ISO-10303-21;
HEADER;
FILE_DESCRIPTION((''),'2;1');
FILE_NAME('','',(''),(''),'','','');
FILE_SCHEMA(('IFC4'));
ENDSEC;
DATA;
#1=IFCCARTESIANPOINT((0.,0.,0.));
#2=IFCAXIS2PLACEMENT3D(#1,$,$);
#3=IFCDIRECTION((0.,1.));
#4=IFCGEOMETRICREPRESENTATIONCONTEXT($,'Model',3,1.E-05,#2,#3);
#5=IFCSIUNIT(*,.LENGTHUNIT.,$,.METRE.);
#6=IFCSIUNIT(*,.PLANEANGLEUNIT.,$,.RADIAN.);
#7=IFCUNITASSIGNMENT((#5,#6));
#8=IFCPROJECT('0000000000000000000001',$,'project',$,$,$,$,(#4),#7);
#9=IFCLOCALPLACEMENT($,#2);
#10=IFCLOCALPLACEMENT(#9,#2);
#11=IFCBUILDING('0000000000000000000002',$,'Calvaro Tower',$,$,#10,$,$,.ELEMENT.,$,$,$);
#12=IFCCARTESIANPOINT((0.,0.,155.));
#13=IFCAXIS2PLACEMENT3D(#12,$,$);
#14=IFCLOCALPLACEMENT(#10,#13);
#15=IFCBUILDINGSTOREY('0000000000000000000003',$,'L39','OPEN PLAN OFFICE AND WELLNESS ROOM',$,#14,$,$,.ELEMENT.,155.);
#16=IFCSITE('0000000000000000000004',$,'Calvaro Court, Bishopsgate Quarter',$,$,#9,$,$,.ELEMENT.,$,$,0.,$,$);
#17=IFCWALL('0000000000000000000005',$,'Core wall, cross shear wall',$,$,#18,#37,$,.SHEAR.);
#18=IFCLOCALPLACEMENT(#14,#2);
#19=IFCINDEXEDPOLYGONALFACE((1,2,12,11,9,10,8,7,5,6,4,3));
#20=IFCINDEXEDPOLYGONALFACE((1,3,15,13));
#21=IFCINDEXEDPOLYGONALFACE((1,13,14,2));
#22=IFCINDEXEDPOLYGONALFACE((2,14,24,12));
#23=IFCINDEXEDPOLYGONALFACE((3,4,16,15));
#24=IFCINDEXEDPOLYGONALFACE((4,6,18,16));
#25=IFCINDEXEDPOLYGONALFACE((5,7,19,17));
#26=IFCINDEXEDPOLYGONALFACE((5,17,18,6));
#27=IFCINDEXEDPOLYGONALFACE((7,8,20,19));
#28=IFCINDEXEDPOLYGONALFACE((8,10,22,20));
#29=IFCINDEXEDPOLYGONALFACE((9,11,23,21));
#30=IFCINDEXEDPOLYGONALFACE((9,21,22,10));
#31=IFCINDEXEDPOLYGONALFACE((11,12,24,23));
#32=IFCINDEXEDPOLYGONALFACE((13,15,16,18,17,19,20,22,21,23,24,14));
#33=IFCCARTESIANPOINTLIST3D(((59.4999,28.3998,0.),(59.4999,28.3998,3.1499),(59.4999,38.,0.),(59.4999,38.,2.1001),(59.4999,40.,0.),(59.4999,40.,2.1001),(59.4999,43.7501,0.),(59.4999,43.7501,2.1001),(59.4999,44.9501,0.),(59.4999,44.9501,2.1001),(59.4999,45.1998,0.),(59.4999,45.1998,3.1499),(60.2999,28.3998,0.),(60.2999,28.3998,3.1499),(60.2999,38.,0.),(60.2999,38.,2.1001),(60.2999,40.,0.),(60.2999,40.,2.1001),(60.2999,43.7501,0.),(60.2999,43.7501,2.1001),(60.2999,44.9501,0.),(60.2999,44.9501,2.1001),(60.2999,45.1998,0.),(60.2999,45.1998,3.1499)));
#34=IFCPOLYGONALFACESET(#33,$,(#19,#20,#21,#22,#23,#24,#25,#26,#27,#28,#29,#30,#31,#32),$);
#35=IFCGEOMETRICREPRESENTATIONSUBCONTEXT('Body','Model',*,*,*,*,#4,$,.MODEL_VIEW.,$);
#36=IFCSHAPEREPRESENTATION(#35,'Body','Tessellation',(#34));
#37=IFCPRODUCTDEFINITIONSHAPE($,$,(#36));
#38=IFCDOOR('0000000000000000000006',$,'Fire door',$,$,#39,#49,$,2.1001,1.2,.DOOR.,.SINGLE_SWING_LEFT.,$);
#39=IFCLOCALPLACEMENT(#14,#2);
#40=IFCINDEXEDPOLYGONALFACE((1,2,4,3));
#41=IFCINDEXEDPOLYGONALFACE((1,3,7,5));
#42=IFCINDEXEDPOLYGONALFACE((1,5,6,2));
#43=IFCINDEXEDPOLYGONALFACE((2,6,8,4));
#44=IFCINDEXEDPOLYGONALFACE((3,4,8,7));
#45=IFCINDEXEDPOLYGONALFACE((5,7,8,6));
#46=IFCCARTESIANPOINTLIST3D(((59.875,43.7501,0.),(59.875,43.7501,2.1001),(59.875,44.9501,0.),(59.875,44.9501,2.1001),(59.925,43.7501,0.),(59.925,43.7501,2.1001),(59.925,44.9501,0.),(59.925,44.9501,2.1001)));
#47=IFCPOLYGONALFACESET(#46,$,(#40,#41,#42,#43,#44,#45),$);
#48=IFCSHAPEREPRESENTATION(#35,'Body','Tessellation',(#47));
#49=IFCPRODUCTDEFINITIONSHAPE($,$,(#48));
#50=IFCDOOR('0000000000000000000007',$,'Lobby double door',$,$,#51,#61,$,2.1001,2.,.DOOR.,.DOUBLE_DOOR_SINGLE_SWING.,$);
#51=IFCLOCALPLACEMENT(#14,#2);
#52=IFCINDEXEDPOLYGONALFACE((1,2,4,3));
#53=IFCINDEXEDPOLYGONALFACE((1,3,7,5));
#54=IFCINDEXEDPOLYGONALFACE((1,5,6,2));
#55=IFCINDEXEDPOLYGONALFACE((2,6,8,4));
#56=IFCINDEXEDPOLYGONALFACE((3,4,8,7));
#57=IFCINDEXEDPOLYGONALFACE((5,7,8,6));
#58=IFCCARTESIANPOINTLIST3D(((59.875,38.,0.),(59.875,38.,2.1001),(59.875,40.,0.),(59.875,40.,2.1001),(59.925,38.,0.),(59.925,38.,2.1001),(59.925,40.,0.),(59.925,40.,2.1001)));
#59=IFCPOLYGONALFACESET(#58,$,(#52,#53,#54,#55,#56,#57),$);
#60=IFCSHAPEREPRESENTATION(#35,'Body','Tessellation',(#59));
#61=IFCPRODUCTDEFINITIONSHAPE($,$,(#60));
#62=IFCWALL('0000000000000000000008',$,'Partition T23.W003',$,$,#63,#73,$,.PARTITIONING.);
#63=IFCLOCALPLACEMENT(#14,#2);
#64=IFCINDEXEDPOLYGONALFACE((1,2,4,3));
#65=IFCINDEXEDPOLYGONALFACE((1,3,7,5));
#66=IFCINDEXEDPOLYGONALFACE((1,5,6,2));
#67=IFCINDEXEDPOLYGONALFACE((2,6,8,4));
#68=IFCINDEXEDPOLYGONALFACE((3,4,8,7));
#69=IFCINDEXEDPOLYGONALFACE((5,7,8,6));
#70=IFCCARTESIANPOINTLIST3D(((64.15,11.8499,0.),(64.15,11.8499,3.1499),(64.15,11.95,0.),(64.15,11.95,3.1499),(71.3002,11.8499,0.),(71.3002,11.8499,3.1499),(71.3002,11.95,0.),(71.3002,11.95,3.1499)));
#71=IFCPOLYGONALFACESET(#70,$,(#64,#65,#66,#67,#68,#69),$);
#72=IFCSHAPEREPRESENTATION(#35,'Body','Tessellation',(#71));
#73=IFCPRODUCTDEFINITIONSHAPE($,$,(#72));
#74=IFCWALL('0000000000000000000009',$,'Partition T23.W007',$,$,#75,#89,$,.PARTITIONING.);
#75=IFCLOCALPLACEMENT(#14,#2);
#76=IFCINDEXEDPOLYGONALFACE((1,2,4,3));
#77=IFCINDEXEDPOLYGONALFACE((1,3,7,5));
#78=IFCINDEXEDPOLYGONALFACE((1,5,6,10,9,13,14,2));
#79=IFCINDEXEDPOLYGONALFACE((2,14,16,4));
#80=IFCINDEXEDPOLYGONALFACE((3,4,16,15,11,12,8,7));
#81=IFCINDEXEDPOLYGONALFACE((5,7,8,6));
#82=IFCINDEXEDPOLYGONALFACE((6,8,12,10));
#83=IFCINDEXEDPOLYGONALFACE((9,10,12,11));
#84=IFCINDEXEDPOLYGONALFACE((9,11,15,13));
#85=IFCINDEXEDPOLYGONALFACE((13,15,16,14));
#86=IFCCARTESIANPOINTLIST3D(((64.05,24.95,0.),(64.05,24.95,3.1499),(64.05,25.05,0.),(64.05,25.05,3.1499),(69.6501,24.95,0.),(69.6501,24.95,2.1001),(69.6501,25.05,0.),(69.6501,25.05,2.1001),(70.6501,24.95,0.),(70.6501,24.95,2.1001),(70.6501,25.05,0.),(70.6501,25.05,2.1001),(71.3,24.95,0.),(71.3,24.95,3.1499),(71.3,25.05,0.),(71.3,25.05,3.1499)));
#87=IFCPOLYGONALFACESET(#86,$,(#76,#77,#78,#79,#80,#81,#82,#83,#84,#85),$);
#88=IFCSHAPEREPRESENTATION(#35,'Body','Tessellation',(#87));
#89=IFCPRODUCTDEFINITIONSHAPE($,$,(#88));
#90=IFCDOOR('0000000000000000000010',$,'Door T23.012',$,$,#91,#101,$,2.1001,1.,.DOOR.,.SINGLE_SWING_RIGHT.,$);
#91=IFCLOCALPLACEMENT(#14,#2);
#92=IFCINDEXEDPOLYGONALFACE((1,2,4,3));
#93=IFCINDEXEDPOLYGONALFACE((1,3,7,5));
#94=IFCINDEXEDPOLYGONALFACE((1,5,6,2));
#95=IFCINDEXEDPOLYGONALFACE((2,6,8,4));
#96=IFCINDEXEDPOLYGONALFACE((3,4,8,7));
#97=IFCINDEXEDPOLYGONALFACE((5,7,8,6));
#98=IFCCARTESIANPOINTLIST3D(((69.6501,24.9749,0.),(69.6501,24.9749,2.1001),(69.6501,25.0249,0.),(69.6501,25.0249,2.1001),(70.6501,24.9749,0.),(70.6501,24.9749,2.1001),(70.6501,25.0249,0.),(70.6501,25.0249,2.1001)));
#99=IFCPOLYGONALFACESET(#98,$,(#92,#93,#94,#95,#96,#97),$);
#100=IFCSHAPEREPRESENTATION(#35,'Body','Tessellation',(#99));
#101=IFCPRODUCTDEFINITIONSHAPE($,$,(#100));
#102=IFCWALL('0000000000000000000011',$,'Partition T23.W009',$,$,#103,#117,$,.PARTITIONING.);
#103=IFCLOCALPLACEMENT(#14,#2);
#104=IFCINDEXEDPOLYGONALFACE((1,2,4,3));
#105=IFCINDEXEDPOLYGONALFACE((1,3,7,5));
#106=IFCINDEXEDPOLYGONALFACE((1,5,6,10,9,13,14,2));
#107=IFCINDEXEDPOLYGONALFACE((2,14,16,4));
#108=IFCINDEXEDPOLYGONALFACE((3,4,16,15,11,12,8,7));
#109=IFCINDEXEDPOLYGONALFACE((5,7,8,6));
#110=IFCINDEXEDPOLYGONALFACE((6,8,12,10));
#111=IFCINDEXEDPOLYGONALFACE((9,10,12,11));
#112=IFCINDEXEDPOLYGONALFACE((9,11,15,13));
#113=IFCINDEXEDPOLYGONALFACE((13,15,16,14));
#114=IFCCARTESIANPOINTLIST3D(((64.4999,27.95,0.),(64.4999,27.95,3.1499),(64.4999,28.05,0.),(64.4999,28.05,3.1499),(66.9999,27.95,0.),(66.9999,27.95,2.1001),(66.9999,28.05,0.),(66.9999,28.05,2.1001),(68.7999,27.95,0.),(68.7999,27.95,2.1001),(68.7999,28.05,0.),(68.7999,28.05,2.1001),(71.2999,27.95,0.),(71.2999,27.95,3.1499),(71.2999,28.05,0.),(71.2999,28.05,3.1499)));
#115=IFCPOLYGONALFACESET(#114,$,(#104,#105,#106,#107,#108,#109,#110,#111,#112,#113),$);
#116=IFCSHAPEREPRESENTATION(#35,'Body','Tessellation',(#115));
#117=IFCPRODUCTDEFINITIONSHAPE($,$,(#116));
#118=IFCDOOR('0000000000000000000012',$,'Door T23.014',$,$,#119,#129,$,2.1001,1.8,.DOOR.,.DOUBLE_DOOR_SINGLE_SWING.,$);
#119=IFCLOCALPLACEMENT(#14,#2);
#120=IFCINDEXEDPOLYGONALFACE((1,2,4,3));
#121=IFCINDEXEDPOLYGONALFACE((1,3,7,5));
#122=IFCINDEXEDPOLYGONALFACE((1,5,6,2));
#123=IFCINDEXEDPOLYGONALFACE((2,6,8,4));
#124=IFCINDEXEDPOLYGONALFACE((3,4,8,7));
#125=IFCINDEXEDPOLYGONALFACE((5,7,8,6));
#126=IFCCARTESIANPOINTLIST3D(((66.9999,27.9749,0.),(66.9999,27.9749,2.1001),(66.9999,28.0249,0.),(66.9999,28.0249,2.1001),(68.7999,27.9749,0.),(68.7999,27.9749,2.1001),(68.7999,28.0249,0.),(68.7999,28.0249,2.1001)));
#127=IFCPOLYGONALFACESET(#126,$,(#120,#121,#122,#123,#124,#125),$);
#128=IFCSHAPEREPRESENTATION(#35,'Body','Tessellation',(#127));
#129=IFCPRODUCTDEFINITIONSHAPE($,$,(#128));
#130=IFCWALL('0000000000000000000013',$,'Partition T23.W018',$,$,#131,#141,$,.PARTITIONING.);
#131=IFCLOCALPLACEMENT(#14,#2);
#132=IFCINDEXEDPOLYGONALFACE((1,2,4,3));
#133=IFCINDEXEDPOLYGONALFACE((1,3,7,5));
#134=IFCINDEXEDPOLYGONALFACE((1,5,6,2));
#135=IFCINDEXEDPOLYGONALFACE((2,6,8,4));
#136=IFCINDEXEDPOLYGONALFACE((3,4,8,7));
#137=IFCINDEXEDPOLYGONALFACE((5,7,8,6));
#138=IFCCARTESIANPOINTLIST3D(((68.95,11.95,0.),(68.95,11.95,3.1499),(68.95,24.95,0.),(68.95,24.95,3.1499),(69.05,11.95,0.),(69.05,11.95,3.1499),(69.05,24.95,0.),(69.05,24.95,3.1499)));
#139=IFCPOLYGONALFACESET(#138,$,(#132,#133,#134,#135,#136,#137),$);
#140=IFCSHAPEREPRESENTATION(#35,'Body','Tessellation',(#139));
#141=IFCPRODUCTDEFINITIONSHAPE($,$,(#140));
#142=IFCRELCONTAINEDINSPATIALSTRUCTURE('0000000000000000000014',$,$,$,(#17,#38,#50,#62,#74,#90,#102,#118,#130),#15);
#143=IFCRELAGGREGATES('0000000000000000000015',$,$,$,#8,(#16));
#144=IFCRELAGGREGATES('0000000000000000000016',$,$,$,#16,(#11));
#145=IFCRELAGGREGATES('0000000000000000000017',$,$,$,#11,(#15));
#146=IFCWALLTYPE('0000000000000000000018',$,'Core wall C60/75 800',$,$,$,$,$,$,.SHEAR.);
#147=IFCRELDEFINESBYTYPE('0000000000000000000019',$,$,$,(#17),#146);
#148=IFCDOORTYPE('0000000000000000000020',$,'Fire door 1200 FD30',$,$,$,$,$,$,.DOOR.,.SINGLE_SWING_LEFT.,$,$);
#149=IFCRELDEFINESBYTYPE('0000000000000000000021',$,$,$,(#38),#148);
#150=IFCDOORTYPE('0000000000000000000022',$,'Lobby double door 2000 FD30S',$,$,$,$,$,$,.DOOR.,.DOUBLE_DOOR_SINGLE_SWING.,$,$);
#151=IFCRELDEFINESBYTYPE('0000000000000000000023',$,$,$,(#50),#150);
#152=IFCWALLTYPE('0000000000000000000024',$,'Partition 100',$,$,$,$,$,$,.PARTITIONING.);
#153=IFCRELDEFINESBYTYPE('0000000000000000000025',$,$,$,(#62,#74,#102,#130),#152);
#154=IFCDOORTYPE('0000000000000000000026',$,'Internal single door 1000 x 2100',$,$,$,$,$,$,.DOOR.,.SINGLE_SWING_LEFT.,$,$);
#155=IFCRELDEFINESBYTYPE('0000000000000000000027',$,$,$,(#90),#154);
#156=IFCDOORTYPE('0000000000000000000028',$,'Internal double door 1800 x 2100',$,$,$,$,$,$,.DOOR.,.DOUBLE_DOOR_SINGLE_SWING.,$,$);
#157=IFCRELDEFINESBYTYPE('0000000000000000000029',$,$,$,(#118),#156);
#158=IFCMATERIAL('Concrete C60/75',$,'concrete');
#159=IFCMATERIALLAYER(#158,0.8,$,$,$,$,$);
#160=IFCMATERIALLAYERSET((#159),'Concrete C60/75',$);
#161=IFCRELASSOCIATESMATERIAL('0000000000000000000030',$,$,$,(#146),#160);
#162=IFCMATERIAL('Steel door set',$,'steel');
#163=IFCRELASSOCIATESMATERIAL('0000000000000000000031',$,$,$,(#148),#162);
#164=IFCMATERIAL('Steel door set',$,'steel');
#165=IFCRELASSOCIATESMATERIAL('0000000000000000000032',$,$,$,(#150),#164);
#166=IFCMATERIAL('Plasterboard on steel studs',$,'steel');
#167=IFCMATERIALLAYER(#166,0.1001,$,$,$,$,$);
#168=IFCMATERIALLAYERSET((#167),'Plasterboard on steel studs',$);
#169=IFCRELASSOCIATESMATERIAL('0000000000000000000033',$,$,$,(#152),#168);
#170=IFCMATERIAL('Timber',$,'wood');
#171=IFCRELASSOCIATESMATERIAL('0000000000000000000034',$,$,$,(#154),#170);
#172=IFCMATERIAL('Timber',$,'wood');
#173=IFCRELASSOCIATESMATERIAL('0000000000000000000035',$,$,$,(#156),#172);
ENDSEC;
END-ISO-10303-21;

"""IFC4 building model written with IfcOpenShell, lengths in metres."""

from ifc_helpers import new_model, si_unit, direction, frame, frame_2d, origin, place, context, subcontext, project, spatial, rectangle, extrude, material, layer, layer_set, type_object, element, fill, save


model = new_model("IFC4")

# Units and contexts
model_context = context("Model", 3, precision=1e-05, world=origin(), true_north=direction((0.0, 1.0)))
body_context = subcontext(model_context, "Body", "Model", "MODEL_VIEW")
ifc_project = project(units=[si_unit("LENGTHUNIT", "METRE"), si_unit("PLANEANGLEUNIT", "RADIAN")], contexts=[model_context])

# Site, building, storey
site_placement = place(None, origin())
site = spatial("IfcSite", under=ifc_project, at=site_placement, Name="Calvaro Court, Bishopsgate Quarter", CompositionType="ELEMENT", RefElevation=0.0)
building_placement = place(site_placement, origin())
building = spatial("IfcBuilding", under=site, at=building_placement, Name="Calvaro Tower", CompositionType="ELEMENT")
storey_placement = place(building_placement, frame((0.0, 0.0, 155.0)))
storey = spatial("IfcBuildingStorey", under=building, at=storey_placement, Name="L39", Description="OPEN PLAN OFFICE AND WELLNESS ROOM", CompositionType="ELEMENT", Elevation=155.0)

# Wall, openings, doors
ifc_material_1 = material(Name="Concrete C60/75", Category="concrete")
ifc_layer_1 = layer(ifc_material_1, 0.8)
ifc_layer_set_1 = layer_set([ifc_layer_1], Name="Concrete C60/75")
wall_type_1 = type_object("IfcWallType", Name="Core wall C60/75 800", PredefinedType="SHEAR", material=ifc_layer_set_1)
wall_1_placement = place(storey_placement, frame((59.8999, 28.3999, 0.0), z_axis=(0.0, 0.0, 1.0), x_axis=(0.0, 1.0, 0.0)))
wall_1 = element("IfcWall", 1, at=wall_1_placement, inside=storey, type_object=wall_type_1, Name="Core wall, cross shear wall", PredefinedType="SHEAR", context=body_context, shape_type="SweptSolid", body=[
    extrude(rectangle(XDim=16.8, YDim=0.8, at=frame_2d((8.3999, 0.0))), origin(), (0.0, 0.0, 1.0), 3.1499),
])
opening_1_placement = place(wall_1_placement, frame((9.6001, 0.0, 0.0)))
opening_1 = element("IfcOpeningElement", 2, at=opening_1_placement, cuts=wall_1, PredefinedType="OPENING", context=body_context, shape_type="SweptSolid", body=[
    extrude(rectangle(XDim=2.0, YDim=2.1001, at=frame_2d((1.0, 1.05))), frame((0.0, 0.4099, 0.0), z_axis=(0.0, -1.0, 0.0), x_axis=(1.0, 0.0, 0.0)), (0.0, 0.0, 1.0), 0.8201),
])
opening_2_placement = place(wall_1_placement, frame((15.3501, 0.0, 0.0)))
opening_2 = element("IfcOpeningElement", 3, at=opening_2_placement, cuts=wall_1, PredefinedType="OPENING", context=body_context, shape_type="SweptSolid", body=[
    extrude(rectangle(XDim=1.2, YDim=2.1001, at=frame_2d((0.6001, 1.05))), frame((0.0, 0.4099, 0.0), z_axis=(0.0, -1.0, 0.0), x_axis=(1.0, 0.0, 0.0)), (0.0, 0.0, 1.0), 0.8201),
])
ifc_material_2 = material(Name="Steel door set", Category="steel")
door_type_1 = type_object("IfcDoorType", Name="Fire door 1200 FD30", OperationType="SINGLE_SWING_LEFT", PredefinedType="DOOR", material=ifc_material_2)
door_1_placement = place(opening_2_placement, origin())
door_1 = element("IfcDoor", 4, at=door_1_placement, inside=storey, type_object=door_type_1, Name="Fire door", OperationType="SINGLE_SWING_LEFT", OverallHeight=2.1001, OverallWidth=1.2, PredefinedType="DOOR", context=body_context, shape_type="SweptSolid", body=[
    extrude(rectangle(XDim=1.2, YDim=2.1001, at=frame_2d((0.6001, 1.05))), frame((0.0, 0.0249, 0.0), z_axis=(0.0, -1.0, 0.0), x_axis=(1.0, 0.0, 0.0)), (0.0, 0.0, 1.0), 0.05),
])
fill(opening_2, door_1)
ifc_material_3 = material(Name="Steel door set", Category="steel")
door_type_2 = type_object("IfcDoorType", Name="Lobby double door 2000 FD30S", OperationType="DOUBLE_DOOR_SINGLE_SWING", PredefinedType="DOOR", material=ifc_material_3)
door_2_placement = place(opening_1_placement, origin())
door_2 = element("IfcDoor", 5, at=door_2_placement, inside=storey, type_object=door_type_2, Name="Lobby double door", OperationType="DOUBLE_DOOR_SINGLE_SWING", OverallHeight=2.1001, OverallWidth=2.0, PredefinedType="DOOR", context=body_context, shape_type="SweptSolid", body=[
    extrude(rectangle(XDim=2.0, YDim=2.1001, at=frame_2d((1.0, 1.05))), frame((0.0, 0.0249, 0.0), z_axis=(0.0, -1.0, 0.0), x_axis=(1.0, 0.0, 0.0)), (0.0, 0.0, 1.0), 0.05),
])
fill(opening_1, door_2)

# Wall
ifc_material_4 = material(Name="Plasterboard on steel studs", Category="steel")
ifc_layer_2 = layer(ifc_material_4, 0.1001)
ifc_layer_set_2 = layer_set([ifc_layer_2], Name="Plasterboard on steel studs")
wall_type_2 = type_object("IfcWallType", Name="Partition 100", PredefinedType="PARTITIONING", material=ifc_layer_set_2)
wall_2_placement = place(storey_placement, frame((64.1499, 11.8999, 0.0), z_axis=(0.0, 0.0, 1.0), x_axis=(1.0, 0.0, 0.0)))
element("IfcWall", 6, at=wall_2_placement, inside=storey, type_object=wall_type_2, Name="Partition T23.W003", PredefinedType="PARTITIONING", context=body_context, shape_type="SweptSolid", body=[
    extrude(rectangle(XDim=7.1501, YDim=0.1001, at=frame_2d((3.5752, 0.0))), origin(), (0.0, 0.0, 1.0), 3.1499),
])

# Walls, openings, doors
wall_3_placement = place(storey_placement, frame((64.05, 25.0, 0.0), z_axis=(0.0, 0.0, 1.0), x_axis=(1.0, 0.0, 0.0)))
wall_3 = element("IfcWall", 7, at=wall_3_placement, inside=storey, type_object=wall_type_2, Name="Partition T23.W007", PredefinedType="PARTITIONING", context=body_context, shape_type="SweptSolid", body=[
    extrude(rectangle(XDim=7.25, YDim=0.1001, at=frame_2d((3.625, 0.0))), origin(), (0.0, 0.0, 1.0), 3.1499),
])
opening_3_placement = place(wall_3_placement, frame((5.6001, 0.0, 0.0)))
opening_3 = element("IfcOpeningElement", 8, at=opening_3_placement, cuts=wall_3, PredefinedType="OPENING", context=body_context, shape_type="SweptSolid", body=[
    extrude(rectangle(XDim=1.0, YDim=2.1001, at=frame_2d((0.5, 1.05))), frame((0.0, 0.0601, 0.0), z_axis=(0.0, -1.0, 0.0), x_axis=(1.0, 0.0, 0.0)), (0.0, 0.0, 1.0), 0.1201),
])
ifc_material_5 = material(Name="Timber", Category="wood")
door_type_3 = type_object("IfcDoorType", Name="Internal single door 1000 x 2100", OperationType="SINGLE_SWING_LEFT", PredefinedType="DOOR", material=ifc_material_5)
door_3_placement = place(opening_3_placement, origin())
door_3 = element("IfcDoor", 9, at=door_3_placement, inside=storey, type_object=door_type_3, Name="Door T23.012", OperationType="SINGLE_SWING_RIGHT", OverallHeight=2.1001, OverallWidth=1.0, PredefinedType="DOOR", context=body_context, shape_type="SweptSolid", body=[
    extrude(rectangle(XDim=1.0, YDim=2.1001, at=frame_2d((0.5, 1.05))), frame((0.0, 0.0249, 0.0), z_axis=(0.0, -1.0, 0.0), x_axis=(1.0, 0.0, 0.0)), (0.0, 0.0, 1.0), 0.05),
])
fill(opening_3, door_3)
wall_4_placement = place(storey_placement, frame((64.5, 28.0, 0.0), z_axis=(0.0, 0.0, 1.0), x_axis=(1.0, 0.0, 0.0)))
wall_4 = element("IfcWall", 10, at=wall_4_placement, inside=storey, type_object=wall_type_2, Name="Partition T23.W009", PredefinedType="PARTITIONING", context=body_context, shape_type="SweptSolid", body=[
    extrude(rectangle(XDim=6.8, YDim=0.1001, at=frame_2d((3.3999, 0.0))), origin(), (0.0, 0.0, 1.0), 3.1499),
])
opening_4_placement = place(wall_4_placement, frame((2.5, 0.0, 0.0)))
opening_4 = element("IfcOpeningElement", 11, at=opening_4_placement, cuts=wall_4, PredefinedType="OPENING", context=body_context, shape_type="SweptSolid", body=[
    extrude(rectangle(XDim=1.8, YDim=2.1001, at=frame_2d((0.8999, 1.05))), frame((0.0, 0.0601, 0.0), z_axis=(0.0, -1.0, 0.0), x_axis=(1.0, 0.0, 0.0)), (0.0, 0.0, 1.0), 0.1201),
])
ifc_material_6 = material(Name="Timber", Category="wood")
door_type_4 = type_object("IfcDoorType", Name="Internal double door 1800 x 2100", OperationType="DOUBLE_DOOR_SINGLE_SWING", PredefinedType="DOOR", material=ifc_material_6)
door_4_placement = place(opening_4_placement, origin())
door_4 = element("IfcDoor", 12, at=door_4_placement, inside=storey, type_object=door_type_4, Name="Door T23.014", OperationType="DOUBLE_DOOR_SINGLE_SWING", OverallHeight=2.1001, OverallWidth=1.8, PredefinedType="DOOR", context=body_context, shape_type="SweptSolid", body=[
    extrude(rectangle(XDim=1.8, YDim=2.1001, at=frame_2d((0.8999, 1.05))), frame((0.0, 0.0249, 0.0), z_axis=(0.0, -1.0, 0.0), x_axis=(1.0, 0.0, 0.0)), (0.0, 0.0, 1.0), 0.05),
])
fill(opening_4, door_4)

# Wall
wall_5_placement = place(storey_placement, frame((69.0, 11.95, 0.0), z_axis=(0.0, 0.0, 1.0), x_axis=(0.0, 1.0, 0.0)))
element("IfcWall", 13, at=wall_5_placement, inside=storey, type_object=wall_type_2, Name="Partition T23.W018", PredefinedType="PARTITIONING", context=body_context, shape_type="SweptSolid", body=[
    extrude(rectangle(XDim=13.0, YDim=0.1001, at=frame_2d((6.5, 0.0))), origin(), (0.0, 0.0, 1.0), 3.1499),
])

save(model, "model.ifc")
